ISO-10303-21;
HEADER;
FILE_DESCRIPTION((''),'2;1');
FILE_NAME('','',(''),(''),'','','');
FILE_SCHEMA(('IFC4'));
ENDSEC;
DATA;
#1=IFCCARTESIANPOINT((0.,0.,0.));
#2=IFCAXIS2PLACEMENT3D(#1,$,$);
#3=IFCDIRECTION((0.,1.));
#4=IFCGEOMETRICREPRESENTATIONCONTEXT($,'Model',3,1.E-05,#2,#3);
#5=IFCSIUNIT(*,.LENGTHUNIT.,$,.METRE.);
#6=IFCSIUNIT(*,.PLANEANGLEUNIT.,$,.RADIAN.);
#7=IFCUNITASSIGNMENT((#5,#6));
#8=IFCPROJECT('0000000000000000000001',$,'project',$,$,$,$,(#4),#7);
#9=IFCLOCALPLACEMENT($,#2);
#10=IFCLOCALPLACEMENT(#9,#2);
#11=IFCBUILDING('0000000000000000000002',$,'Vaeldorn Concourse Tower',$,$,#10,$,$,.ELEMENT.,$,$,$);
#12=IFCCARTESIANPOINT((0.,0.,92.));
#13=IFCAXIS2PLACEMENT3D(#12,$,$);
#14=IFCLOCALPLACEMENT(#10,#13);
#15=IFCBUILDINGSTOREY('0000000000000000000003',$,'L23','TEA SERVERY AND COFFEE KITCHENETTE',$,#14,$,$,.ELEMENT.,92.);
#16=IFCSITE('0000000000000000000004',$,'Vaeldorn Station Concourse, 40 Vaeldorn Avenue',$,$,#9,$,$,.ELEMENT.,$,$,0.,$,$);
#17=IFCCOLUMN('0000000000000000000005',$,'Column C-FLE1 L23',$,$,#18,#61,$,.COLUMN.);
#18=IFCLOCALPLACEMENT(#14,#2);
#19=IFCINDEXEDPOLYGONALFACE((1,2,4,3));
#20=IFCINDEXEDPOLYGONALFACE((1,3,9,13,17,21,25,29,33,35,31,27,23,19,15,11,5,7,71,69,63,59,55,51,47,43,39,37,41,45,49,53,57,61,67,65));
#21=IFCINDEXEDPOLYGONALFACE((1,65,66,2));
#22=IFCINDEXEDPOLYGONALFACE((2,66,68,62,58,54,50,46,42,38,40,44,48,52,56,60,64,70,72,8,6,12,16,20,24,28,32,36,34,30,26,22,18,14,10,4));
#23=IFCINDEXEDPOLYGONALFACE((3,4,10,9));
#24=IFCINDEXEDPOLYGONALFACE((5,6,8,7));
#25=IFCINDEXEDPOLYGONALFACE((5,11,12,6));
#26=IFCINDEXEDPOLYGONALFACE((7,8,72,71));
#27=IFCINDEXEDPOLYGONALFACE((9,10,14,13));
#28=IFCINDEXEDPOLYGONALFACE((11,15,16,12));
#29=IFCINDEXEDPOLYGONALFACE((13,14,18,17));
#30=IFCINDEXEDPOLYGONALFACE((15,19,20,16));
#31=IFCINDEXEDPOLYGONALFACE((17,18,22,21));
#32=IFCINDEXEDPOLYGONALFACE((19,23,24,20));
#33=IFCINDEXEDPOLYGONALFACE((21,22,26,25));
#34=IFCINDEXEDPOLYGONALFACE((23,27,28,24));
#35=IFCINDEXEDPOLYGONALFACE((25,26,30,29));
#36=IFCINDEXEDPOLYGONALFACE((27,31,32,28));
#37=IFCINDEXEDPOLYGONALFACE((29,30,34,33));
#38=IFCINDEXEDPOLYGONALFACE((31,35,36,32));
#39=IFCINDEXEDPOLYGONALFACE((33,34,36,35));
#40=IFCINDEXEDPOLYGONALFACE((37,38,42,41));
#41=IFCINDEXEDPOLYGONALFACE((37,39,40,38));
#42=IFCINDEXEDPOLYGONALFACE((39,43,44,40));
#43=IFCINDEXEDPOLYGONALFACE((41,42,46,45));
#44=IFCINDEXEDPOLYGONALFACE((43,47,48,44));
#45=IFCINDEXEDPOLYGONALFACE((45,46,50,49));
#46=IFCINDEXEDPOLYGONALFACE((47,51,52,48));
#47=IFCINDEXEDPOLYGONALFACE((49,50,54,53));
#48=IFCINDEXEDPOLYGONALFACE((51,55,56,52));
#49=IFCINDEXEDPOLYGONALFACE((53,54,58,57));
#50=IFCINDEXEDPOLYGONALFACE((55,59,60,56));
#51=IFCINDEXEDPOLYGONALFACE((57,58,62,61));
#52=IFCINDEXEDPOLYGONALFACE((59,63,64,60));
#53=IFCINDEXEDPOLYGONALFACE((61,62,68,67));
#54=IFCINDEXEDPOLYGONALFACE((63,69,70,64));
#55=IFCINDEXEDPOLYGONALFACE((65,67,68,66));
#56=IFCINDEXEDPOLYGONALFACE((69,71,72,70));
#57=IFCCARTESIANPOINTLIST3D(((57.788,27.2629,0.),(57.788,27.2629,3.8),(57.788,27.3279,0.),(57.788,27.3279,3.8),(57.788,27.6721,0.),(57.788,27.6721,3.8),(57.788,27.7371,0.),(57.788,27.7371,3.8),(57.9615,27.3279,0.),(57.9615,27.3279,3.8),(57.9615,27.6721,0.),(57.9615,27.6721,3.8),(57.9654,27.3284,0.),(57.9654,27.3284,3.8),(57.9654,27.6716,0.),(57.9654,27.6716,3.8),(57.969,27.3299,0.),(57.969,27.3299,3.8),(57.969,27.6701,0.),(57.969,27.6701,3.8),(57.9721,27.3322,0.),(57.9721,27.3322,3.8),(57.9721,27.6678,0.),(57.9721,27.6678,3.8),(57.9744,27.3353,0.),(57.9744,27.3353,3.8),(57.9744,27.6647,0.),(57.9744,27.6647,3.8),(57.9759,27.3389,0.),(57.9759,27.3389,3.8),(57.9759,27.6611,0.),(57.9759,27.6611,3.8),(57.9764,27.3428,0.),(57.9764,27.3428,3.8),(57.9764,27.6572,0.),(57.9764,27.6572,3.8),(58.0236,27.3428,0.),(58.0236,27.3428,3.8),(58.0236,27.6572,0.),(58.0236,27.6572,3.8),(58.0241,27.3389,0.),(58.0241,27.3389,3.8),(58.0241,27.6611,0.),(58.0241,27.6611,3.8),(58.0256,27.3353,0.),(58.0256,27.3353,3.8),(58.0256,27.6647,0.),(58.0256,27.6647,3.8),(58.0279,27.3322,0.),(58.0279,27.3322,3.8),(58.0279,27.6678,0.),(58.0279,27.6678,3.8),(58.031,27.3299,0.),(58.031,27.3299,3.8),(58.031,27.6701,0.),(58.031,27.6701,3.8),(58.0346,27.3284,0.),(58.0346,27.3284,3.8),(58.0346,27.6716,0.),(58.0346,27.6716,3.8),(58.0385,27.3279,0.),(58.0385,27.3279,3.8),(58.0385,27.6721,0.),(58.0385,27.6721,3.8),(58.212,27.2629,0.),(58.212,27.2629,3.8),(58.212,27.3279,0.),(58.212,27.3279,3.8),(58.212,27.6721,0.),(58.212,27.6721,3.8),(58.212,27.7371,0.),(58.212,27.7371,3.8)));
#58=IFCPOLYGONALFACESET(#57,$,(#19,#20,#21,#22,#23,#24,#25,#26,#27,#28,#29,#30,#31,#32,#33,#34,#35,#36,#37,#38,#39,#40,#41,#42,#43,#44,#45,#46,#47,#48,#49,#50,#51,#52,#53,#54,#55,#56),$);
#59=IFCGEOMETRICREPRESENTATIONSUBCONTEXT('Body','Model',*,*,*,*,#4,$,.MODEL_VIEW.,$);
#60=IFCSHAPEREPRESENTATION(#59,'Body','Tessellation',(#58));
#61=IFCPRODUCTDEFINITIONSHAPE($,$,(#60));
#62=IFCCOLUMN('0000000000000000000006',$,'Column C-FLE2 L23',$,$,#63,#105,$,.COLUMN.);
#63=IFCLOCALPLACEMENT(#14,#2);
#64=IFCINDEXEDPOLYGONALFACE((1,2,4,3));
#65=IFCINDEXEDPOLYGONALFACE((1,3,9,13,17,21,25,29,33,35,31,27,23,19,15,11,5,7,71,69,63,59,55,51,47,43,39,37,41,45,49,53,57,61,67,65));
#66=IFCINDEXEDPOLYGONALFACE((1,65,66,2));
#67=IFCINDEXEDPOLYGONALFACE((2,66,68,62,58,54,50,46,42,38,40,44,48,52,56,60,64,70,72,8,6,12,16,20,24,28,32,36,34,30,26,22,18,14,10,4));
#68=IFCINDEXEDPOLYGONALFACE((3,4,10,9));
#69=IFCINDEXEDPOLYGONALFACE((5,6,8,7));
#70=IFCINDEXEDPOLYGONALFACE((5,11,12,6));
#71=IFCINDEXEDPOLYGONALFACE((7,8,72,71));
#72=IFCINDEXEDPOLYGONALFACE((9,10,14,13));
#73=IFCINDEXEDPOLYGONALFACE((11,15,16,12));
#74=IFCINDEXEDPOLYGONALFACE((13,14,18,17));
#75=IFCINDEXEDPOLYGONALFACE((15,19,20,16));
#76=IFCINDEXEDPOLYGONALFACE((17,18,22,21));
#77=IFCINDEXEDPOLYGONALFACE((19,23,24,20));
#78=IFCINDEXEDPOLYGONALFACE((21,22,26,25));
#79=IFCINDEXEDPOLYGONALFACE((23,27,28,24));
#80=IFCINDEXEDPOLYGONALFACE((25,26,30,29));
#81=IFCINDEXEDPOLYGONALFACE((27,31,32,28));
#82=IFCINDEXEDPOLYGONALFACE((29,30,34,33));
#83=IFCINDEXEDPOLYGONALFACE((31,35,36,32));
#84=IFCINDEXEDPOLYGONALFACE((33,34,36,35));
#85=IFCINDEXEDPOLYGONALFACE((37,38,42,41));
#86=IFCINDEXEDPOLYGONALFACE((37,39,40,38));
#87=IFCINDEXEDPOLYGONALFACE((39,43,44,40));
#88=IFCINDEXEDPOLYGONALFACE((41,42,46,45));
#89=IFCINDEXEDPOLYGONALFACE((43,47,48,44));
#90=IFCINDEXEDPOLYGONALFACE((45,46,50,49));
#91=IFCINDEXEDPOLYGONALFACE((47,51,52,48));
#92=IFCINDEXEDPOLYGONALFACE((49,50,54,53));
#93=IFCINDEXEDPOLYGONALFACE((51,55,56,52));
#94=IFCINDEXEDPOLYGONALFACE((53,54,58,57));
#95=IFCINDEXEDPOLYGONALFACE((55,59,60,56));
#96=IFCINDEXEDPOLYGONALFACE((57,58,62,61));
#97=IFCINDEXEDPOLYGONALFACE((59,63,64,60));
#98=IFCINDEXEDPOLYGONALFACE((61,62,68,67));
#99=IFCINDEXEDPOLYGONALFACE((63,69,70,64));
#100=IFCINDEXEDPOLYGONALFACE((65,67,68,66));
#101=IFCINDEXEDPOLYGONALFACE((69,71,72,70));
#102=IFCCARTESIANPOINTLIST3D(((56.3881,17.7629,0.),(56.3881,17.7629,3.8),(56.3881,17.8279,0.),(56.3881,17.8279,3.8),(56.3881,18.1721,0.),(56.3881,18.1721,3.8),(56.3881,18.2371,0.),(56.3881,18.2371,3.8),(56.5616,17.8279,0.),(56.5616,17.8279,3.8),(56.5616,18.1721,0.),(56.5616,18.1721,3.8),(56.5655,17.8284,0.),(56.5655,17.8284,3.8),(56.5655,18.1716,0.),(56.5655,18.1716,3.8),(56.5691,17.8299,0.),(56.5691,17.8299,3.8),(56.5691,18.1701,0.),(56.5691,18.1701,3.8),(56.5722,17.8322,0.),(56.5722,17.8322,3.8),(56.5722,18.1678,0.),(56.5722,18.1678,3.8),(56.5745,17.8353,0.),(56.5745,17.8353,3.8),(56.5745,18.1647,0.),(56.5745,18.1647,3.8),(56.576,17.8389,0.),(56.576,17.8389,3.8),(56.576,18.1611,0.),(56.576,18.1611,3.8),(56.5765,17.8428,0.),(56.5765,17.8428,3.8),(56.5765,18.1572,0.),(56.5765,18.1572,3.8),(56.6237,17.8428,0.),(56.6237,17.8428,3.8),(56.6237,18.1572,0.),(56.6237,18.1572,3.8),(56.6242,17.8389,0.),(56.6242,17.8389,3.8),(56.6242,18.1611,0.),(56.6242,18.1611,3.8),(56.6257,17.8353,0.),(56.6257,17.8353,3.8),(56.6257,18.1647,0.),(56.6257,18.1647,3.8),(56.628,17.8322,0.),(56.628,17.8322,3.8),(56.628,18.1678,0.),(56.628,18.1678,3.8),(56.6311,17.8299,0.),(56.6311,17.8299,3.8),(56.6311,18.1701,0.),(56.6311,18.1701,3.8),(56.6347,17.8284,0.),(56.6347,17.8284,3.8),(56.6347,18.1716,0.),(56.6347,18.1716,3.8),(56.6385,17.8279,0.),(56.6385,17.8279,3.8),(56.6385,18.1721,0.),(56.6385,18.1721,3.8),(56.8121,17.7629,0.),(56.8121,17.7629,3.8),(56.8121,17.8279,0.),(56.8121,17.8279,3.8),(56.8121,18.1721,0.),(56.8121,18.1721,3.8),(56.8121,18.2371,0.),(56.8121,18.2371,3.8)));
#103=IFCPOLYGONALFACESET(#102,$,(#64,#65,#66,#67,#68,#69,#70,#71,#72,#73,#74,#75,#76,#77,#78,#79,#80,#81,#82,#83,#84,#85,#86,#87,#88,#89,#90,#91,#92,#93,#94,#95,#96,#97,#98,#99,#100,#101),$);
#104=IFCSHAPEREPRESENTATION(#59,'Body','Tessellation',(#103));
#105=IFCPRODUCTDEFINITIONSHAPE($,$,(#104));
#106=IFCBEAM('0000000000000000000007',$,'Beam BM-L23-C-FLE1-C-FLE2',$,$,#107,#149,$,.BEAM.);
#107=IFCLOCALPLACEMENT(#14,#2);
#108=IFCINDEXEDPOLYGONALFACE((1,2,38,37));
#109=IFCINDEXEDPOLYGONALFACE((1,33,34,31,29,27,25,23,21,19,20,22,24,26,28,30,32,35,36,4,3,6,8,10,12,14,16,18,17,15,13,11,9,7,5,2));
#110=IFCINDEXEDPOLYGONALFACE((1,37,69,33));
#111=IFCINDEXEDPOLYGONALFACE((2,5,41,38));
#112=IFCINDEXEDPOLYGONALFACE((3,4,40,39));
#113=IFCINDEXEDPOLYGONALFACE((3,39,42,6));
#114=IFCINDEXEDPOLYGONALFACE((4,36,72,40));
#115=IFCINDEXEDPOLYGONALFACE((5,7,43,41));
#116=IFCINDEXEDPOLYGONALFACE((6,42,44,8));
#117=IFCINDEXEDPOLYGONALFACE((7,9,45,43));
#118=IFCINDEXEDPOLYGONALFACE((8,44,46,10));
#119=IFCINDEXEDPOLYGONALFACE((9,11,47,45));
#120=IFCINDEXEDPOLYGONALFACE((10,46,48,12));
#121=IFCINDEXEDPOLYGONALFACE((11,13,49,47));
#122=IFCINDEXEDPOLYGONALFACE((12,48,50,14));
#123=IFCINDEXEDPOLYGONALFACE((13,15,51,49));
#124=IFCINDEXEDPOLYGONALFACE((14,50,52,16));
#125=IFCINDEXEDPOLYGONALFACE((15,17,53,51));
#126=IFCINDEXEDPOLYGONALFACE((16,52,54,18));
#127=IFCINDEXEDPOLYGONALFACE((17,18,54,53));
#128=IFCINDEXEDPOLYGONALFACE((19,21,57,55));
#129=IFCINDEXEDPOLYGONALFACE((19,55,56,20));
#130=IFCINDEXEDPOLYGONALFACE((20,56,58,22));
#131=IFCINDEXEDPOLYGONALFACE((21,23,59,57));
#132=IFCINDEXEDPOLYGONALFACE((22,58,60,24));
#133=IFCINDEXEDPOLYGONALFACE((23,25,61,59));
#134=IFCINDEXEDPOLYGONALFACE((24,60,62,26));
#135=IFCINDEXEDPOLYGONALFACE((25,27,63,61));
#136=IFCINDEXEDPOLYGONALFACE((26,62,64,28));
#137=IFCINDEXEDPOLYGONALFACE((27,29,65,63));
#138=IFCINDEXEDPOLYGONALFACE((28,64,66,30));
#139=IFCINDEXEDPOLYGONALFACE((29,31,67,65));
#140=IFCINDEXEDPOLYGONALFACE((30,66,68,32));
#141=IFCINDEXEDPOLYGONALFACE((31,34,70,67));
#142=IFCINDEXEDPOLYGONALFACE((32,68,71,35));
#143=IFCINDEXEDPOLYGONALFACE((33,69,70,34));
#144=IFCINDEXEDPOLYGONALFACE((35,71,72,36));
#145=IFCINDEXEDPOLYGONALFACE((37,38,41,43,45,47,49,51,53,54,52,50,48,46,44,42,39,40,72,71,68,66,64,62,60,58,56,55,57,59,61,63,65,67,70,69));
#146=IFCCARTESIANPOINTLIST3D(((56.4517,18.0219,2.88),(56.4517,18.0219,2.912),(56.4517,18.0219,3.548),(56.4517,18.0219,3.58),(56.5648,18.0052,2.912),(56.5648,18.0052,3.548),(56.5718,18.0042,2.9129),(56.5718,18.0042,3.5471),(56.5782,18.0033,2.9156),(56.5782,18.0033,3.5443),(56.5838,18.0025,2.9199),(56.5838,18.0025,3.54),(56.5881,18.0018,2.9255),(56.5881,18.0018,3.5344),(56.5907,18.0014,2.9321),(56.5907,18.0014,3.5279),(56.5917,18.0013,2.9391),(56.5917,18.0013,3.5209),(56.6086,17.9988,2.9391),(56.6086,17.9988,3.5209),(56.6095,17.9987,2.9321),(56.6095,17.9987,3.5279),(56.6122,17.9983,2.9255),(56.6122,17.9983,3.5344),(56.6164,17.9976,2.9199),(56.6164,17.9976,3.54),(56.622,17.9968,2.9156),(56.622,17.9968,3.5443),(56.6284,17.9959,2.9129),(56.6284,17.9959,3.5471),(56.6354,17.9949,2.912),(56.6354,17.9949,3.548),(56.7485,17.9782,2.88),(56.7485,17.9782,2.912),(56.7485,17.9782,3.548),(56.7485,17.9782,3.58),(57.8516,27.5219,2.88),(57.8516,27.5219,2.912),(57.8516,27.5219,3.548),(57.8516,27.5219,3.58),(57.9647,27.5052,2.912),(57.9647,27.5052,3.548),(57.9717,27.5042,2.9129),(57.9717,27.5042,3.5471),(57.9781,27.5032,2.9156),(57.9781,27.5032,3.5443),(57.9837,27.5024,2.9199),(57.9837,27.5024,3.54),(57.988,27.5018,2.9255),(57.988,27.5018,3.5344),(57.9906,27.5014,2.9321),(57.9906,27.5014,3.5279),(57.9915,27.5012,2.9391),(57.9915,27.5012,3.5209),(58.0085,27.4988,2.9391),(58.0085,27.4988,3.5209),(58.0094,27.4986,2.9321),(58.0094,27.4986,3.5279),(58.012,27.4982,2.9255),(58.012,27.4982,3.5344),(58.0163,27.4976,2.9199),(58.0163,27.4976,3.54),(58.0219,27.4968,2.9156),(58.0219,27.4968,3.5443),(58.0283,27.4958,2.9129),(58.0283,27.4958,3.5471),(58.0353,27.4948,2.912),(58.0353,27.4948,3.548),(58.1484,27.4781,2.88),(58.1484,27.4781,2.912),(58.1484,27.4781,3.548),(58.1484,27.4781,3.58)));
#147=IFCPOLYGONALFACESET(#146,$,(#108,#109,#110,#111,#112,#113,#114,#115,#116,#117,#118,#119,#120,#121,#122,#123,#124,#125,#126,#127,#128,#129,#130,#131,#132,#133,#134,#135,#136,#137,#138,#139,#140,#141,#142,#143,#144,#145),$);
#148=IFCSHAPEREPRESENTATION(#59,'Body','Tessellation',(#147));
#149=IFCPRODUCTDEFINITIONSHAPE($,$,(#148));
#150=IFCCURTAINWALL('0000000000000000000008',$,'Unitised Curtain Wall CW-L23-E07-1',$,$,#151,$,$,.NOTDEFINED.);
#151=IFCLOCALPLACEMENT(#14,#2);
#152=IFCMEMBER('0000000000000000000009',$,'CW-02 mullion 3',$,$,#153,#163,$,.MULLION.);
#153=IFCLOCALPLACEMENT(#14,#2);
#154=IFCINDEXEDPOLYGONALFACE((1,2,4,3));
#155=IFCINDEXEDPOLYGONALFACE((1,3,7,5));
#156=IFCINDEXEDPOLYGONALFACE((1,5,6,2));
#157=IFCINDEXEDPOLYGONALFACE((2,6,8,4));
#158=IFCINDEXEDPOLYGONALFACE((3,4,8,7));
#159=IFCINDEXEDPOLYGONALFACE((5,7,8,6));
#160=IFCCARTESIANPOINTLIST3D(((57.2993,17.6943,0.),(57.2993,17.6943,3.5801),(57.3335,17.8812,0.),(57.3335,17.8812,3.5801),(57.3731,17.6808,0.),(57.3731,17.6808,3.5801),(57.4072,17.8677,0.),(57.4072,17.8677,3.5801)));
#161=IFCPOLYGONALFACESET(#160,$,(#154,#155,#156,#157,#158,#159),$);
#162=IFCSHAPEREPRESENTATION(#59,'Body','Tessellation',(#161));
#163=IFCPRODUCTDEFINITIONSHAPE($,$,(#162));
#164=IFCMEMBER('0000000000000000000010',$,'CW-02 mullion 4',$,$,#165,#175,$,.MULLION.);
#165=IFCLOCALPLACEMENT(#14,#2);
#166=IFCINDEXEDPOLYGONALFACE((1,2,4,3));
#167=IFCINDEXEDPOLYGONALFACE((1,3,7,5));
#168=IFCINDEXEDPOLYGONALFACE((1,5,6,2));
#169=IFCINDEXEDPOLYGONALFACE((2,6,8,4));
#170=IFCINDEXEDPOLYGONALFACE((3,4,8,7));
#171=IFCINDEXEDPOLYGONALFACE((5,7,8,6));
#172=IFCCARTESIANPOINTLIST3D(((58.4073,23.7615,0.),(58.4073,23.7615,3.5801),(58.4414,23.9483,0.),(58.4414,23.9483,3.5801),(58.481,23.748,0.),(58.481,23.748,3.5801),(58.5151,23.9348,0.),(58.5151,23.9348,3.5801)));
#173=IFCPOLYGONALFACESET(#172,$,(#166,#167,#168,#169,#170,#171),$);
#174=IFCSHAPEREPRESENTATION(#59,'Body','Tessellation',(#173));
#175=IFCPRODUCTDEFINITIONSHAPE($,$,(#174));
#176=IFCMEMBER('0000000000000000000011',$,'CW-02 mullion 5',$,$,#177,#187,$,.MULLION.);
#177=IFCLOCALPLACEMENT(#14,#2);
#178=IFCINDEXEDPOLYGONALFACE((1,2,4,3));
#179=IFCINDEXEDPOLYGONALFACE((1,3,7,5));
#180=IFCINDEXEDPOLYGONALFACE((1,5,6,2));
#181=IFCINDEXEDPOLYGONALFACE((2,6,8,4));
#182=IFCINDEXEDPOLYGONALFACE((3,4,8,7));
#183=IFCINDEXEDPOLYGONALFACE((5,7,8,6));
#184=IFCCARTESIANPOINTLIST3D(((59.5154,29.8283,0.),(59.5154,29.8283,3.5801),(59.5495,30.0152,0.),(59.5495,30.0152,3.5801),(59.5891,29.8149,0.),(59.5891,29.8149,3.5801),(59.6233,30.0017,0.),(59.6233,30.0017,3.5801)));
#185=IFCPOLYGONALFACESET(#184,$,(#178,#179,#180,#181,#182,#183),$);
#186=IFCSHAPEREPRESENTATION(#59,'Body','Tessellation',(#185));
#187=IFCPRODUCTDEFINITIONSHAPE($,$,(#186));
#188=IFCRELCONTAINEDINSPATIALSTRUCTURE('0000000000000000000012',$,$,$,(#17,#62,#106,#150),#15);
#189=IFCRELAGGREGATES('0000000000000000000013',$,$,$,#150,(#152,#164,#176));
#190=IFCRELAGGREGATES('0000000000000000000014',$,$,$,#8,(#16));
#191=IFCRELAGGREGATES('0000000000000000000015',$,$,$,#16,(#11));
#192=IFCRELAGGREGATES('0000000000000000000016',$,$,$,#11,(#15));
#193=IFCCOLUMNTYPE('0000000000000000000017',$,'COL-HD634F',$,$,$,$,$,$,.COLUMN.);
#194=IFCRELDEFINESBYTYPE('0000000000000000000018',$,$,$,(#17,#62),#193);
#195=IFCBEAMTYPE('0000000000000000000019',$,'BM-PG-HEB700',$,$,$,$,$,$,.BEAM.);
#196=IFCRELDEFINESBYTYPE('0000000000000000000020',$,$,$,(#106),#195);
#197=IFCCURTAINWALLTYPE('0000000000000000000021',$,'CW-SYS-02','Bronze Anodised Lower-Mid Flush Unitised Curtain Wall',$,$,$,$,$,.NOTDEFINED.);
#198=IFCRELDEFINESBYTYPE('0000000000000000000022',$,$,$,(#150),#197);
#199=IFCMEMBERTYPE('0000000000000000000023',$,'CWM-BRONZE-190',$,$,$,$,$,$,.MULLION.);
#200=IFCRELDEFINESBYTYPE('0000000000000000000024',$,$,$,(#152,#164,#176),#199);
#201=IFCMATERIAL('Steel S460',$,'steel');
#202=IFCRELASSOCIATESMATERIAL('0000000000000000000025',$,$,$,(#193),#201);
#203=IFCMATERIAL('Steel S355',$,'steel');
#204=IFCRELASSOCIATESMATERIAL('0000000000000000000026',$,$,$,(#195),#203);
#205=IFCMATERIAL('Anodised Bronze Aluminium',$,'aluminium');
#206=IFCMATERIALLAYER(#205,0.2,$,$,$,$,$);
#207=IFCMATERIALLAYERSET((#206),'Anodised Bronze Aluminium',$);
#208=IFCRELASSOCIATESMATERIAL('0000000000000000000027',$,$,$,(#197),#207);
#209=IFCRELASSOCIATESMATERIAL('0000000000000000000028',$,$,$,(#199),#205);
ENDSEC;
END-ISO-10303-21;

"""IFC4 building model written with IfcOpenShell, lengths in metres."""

from ifc_helpers import new_model, si_unit, direction, frame, origin, origin_2d, place, context, subcontext, project, spatial, rectangle, i_section, extrude, source, transform, mapped, material, layer, layer_set, material_profile, profile_set, type_object, element, aggregate, save


model = new_model("IFC4")

# Units and contexts
model_context = context("Model", 3, precision=1e-05, world=origin(), true_north=direction((0.0, 1.0)))
body_context = subcontext(model_context, "Body", "Model", "MODEL_VIEW")
ifc_project = project(units=[si_unit("LENGTHUNIT", "METRE"), si_unit("PLANEANGLEUNIT", "RADIAN")], contexts=[model_context])

# Site, building, storey
site_placement = place(None, origin())
site = spatial("IfcSite", under=ifc_project, at=site_placement, Name="Vaeldorn Station Concourse, 40 Vaeldorn Avenue", CompositionType="ELEMENT", RefElevation=0.0)
building_placement = place(site_placement, origin())
building = spatial("IfcBuilding", under=site, at=building_placement, Name="Vaeldorn Concourse Tower", CompositionType="ELEMENT")
storey_placement = place(building_placement, frame((0.0, 0.0, 92.0)))
storey = spatial("IfcBuildingStorey", under=building, at=storey_placement, Name="L23", Description="TEA SERVERY AND COFFEE KITCHENETTE", CompositionType="ELEMENT", Elevation=92.0)

# Columns
ifc_material_1 = material(Name="Steel S460", Category="steel")
ifc_material_profile_1 = material_profile(ifc_material_1, i_section(OverallWidth=0.4241, OverallDepth=0.4741, WebThickness=0.0471, FlangeThickness=0.0649, FilletRadius=0.0149, at=origin_2d()), Name="HD 400x634")
ifc_profile_set_1 = profile_set([ifc_material_profile_1], Name="Steel S460")
column_type = type_object("IfcColumnType", Name="COL-HD634F", PredefinedType="COLUMN", material=ifc_profile_set_1)
shared_shape_1 = source(origin(), body_context, "Body", "SweptSolid", [
    extrude(i_section(OverallWidth=0.4241, OverallDepth=0.4741, WebThickness=0.0471, FlangeThickness=0.0649, FilletRadius=0.0149, at=origin_2d()), origin(), (0.0, 0.0, 1.0), 3.8),
])
for number, where, z_axis, x_axis, name in (
    (1, (58.0, 27.5, 0.0), (0.0, 0.0, 1.0), (1.0, 0.0, 0.0), "Column C-FLE1 L23"),
    (2, (56.6001, 18.0, 0.0), (0.0, 0.0, 1.0), (1.0, 0.0, 0.0), "Column C-FLE2 L23"),
):
    element("IfcColumn", number, at=place(storey_placement, frame(where, z_axis=z_axis, x_axis=x_axis)), inside=storey, type_object=column_type, Name=name, PredefinedType="COLUMN", context=body_context, shape_type="MappedRepresentation", body=[
        mapped(shared_shape_1, transform((0.0, 0.0, 0.0), scale=1.0)),
    ])

# Beam
ifc_material_2 = material(Name="Steel S355", Category="steel")
ifc_material_profile_2 = material_profile(ifc_material_2, i_section(OverallWidth=0.3, OverallDepth=0.7, WebThickness=0.0171, FlangeThickness=0.032, FilletRadius=0.0271, at=origin_2d()), Name="HEB 700")
ifc_profile_set_2 = profile_set([ifc_material_profile_2], Name="Steel S355")
beam_type = type_object("IfcBeamType", Name="BM-PG-HEB700", PredefinedType="BEAM", material=ifc_profile_set_2)
shared_shape_2 = source(origin(), body_context, "Body", "SweptSolid", [
    extrude(i_section(OverallWidth=0.3, OverallDepth=0.7, WebThickness=0.0171, FlangeThickness=0.032, FilletRadius=0.0271, at=origin_2d()), origin(), (0.0, 0.0, 1.0), 9.6025),
])
beam_placement = place(storey_placement, frame((58.0, 27.5, 3.23), z_axis=(-0.145784, -0.989316, 0.0), x_axis=(0.989316, -0.145784, 0.0)))
element("IfcBeam", 3, at=beam_placement, inside=storey, type_object=beam_type, Name="Beam BM-L23-C-FLE1-C-FLE2", PredefinedType="BEAM", context=body_context, shape_type="MappedRepresentation", body=[
    mapped(shared_shape_2, transform((0.0, 0.0, 0.0), scale=1.0)),
])

# Curtain wall, members
ifc_material_3 = material(Name="Anodised Bronze Aluminium", Category="aluminium")
ifc_layer_1 = layer(ifc_material_3, 0.2)
ifc_layer_set_1 = layer_set([ifc_layer_1], Name="Anodised Bronze Aluminium")
curtain_wall_type = type_object("IfcCurtainWallType", Name="CW-SYS-02", Description="Bronze Anodised Lower-Mid Flush Unitised Curtain Wall", PredefinedType="NOTDEFINED", material=ifc_layer_set_1)
curtain_wall_placement = place(storey_placement, origin())
curtain_wall = element("IfcCurtainWall", 4, at=curtain_wall_placement, inside=storey, type_object=curtain_wall_type, Name="Unitised Curtain Wall CW-L23-E07-1", PredefinedType="NOTDEFINED")
ifc_material_profile_3 = material_profile(ifc_material_3, rectangle(XDim=0.075, YDim=0.1899, at=origin_2d()), Name="CWM 75x190")
ifc_profile_set_3 = profile_set([ifc_material_profile_3], Name="Anodised Bronze Aluminium")
member_type_1 = type_object("IfcMemberType", Name="CWM-BRONZE-190", PredefinedType="MULLION", material=ifc_profile_set_3)
shared_shape_3 = source(origin(), body_context, "Body", "SweptSolid", [
    extrude(rectangle(XDim=0.075, YDim=0.1899, at=origin_2d()), origin(), (0.0, 0.0, 1.0), 3.5801),
])
member_1_placement = place(storey_placement, frame((57.3533, 17.781, 0.0), z_axis=(0.0, 0.0, 1.0), x_axis=(-0.983729, 0.179656, 0.0)))
member_1 = element("IfcMember", 5, at=member_1_placement, type_object=member_type_1, Name="CW-02 mullion 3", PredefinedType="MULLION", context=body_context, shape_type="MappedRepresentation", body=[
    mapped(shared_shape_3, transform((0.0, 0.0, 0.0), scale=1.0)),
])
member_2_placement = place(storey_placement, frame((58.4612, 23.8481, 0.0), z_axis=(0.0, 0.0, 1.0), x_axis=(-0.983729, 0.179656, 0.0)))
member_2 = element("IfcMember", 6, at=member_2_placement, type_object=member_type_1, Name="CW-02 mullion 4", PredefinedType="MULLION", context=body_context, shape_type="MappedRepresentation", body=[
    mapped(shared_shape_3, transform((0.0, 0.0, 0.0), scale=1.0)),
])
member_3_placement = place(storey_placement, frame((59.5693, 29.915, 0.0), z_axis=(0.0, 0.0, 1.0), x_axis=(-0.983729, 0.179656, 0.0)))
member_3 = element("IfcMember", 7, at=member_3_placement, type_object=member_type_1, Name="CW-02 mullion 5", PredefinedType="MULLION", context=body_context, shape_type="MappedRepresentation", body=[
    mapped(shared_shape_3, transform((0.0, 0.0, 0.0), scale=1.0)),
])
aggregate(curtain_wall, [member_1, member_2, member_3])

save(model, "model.ifc")
